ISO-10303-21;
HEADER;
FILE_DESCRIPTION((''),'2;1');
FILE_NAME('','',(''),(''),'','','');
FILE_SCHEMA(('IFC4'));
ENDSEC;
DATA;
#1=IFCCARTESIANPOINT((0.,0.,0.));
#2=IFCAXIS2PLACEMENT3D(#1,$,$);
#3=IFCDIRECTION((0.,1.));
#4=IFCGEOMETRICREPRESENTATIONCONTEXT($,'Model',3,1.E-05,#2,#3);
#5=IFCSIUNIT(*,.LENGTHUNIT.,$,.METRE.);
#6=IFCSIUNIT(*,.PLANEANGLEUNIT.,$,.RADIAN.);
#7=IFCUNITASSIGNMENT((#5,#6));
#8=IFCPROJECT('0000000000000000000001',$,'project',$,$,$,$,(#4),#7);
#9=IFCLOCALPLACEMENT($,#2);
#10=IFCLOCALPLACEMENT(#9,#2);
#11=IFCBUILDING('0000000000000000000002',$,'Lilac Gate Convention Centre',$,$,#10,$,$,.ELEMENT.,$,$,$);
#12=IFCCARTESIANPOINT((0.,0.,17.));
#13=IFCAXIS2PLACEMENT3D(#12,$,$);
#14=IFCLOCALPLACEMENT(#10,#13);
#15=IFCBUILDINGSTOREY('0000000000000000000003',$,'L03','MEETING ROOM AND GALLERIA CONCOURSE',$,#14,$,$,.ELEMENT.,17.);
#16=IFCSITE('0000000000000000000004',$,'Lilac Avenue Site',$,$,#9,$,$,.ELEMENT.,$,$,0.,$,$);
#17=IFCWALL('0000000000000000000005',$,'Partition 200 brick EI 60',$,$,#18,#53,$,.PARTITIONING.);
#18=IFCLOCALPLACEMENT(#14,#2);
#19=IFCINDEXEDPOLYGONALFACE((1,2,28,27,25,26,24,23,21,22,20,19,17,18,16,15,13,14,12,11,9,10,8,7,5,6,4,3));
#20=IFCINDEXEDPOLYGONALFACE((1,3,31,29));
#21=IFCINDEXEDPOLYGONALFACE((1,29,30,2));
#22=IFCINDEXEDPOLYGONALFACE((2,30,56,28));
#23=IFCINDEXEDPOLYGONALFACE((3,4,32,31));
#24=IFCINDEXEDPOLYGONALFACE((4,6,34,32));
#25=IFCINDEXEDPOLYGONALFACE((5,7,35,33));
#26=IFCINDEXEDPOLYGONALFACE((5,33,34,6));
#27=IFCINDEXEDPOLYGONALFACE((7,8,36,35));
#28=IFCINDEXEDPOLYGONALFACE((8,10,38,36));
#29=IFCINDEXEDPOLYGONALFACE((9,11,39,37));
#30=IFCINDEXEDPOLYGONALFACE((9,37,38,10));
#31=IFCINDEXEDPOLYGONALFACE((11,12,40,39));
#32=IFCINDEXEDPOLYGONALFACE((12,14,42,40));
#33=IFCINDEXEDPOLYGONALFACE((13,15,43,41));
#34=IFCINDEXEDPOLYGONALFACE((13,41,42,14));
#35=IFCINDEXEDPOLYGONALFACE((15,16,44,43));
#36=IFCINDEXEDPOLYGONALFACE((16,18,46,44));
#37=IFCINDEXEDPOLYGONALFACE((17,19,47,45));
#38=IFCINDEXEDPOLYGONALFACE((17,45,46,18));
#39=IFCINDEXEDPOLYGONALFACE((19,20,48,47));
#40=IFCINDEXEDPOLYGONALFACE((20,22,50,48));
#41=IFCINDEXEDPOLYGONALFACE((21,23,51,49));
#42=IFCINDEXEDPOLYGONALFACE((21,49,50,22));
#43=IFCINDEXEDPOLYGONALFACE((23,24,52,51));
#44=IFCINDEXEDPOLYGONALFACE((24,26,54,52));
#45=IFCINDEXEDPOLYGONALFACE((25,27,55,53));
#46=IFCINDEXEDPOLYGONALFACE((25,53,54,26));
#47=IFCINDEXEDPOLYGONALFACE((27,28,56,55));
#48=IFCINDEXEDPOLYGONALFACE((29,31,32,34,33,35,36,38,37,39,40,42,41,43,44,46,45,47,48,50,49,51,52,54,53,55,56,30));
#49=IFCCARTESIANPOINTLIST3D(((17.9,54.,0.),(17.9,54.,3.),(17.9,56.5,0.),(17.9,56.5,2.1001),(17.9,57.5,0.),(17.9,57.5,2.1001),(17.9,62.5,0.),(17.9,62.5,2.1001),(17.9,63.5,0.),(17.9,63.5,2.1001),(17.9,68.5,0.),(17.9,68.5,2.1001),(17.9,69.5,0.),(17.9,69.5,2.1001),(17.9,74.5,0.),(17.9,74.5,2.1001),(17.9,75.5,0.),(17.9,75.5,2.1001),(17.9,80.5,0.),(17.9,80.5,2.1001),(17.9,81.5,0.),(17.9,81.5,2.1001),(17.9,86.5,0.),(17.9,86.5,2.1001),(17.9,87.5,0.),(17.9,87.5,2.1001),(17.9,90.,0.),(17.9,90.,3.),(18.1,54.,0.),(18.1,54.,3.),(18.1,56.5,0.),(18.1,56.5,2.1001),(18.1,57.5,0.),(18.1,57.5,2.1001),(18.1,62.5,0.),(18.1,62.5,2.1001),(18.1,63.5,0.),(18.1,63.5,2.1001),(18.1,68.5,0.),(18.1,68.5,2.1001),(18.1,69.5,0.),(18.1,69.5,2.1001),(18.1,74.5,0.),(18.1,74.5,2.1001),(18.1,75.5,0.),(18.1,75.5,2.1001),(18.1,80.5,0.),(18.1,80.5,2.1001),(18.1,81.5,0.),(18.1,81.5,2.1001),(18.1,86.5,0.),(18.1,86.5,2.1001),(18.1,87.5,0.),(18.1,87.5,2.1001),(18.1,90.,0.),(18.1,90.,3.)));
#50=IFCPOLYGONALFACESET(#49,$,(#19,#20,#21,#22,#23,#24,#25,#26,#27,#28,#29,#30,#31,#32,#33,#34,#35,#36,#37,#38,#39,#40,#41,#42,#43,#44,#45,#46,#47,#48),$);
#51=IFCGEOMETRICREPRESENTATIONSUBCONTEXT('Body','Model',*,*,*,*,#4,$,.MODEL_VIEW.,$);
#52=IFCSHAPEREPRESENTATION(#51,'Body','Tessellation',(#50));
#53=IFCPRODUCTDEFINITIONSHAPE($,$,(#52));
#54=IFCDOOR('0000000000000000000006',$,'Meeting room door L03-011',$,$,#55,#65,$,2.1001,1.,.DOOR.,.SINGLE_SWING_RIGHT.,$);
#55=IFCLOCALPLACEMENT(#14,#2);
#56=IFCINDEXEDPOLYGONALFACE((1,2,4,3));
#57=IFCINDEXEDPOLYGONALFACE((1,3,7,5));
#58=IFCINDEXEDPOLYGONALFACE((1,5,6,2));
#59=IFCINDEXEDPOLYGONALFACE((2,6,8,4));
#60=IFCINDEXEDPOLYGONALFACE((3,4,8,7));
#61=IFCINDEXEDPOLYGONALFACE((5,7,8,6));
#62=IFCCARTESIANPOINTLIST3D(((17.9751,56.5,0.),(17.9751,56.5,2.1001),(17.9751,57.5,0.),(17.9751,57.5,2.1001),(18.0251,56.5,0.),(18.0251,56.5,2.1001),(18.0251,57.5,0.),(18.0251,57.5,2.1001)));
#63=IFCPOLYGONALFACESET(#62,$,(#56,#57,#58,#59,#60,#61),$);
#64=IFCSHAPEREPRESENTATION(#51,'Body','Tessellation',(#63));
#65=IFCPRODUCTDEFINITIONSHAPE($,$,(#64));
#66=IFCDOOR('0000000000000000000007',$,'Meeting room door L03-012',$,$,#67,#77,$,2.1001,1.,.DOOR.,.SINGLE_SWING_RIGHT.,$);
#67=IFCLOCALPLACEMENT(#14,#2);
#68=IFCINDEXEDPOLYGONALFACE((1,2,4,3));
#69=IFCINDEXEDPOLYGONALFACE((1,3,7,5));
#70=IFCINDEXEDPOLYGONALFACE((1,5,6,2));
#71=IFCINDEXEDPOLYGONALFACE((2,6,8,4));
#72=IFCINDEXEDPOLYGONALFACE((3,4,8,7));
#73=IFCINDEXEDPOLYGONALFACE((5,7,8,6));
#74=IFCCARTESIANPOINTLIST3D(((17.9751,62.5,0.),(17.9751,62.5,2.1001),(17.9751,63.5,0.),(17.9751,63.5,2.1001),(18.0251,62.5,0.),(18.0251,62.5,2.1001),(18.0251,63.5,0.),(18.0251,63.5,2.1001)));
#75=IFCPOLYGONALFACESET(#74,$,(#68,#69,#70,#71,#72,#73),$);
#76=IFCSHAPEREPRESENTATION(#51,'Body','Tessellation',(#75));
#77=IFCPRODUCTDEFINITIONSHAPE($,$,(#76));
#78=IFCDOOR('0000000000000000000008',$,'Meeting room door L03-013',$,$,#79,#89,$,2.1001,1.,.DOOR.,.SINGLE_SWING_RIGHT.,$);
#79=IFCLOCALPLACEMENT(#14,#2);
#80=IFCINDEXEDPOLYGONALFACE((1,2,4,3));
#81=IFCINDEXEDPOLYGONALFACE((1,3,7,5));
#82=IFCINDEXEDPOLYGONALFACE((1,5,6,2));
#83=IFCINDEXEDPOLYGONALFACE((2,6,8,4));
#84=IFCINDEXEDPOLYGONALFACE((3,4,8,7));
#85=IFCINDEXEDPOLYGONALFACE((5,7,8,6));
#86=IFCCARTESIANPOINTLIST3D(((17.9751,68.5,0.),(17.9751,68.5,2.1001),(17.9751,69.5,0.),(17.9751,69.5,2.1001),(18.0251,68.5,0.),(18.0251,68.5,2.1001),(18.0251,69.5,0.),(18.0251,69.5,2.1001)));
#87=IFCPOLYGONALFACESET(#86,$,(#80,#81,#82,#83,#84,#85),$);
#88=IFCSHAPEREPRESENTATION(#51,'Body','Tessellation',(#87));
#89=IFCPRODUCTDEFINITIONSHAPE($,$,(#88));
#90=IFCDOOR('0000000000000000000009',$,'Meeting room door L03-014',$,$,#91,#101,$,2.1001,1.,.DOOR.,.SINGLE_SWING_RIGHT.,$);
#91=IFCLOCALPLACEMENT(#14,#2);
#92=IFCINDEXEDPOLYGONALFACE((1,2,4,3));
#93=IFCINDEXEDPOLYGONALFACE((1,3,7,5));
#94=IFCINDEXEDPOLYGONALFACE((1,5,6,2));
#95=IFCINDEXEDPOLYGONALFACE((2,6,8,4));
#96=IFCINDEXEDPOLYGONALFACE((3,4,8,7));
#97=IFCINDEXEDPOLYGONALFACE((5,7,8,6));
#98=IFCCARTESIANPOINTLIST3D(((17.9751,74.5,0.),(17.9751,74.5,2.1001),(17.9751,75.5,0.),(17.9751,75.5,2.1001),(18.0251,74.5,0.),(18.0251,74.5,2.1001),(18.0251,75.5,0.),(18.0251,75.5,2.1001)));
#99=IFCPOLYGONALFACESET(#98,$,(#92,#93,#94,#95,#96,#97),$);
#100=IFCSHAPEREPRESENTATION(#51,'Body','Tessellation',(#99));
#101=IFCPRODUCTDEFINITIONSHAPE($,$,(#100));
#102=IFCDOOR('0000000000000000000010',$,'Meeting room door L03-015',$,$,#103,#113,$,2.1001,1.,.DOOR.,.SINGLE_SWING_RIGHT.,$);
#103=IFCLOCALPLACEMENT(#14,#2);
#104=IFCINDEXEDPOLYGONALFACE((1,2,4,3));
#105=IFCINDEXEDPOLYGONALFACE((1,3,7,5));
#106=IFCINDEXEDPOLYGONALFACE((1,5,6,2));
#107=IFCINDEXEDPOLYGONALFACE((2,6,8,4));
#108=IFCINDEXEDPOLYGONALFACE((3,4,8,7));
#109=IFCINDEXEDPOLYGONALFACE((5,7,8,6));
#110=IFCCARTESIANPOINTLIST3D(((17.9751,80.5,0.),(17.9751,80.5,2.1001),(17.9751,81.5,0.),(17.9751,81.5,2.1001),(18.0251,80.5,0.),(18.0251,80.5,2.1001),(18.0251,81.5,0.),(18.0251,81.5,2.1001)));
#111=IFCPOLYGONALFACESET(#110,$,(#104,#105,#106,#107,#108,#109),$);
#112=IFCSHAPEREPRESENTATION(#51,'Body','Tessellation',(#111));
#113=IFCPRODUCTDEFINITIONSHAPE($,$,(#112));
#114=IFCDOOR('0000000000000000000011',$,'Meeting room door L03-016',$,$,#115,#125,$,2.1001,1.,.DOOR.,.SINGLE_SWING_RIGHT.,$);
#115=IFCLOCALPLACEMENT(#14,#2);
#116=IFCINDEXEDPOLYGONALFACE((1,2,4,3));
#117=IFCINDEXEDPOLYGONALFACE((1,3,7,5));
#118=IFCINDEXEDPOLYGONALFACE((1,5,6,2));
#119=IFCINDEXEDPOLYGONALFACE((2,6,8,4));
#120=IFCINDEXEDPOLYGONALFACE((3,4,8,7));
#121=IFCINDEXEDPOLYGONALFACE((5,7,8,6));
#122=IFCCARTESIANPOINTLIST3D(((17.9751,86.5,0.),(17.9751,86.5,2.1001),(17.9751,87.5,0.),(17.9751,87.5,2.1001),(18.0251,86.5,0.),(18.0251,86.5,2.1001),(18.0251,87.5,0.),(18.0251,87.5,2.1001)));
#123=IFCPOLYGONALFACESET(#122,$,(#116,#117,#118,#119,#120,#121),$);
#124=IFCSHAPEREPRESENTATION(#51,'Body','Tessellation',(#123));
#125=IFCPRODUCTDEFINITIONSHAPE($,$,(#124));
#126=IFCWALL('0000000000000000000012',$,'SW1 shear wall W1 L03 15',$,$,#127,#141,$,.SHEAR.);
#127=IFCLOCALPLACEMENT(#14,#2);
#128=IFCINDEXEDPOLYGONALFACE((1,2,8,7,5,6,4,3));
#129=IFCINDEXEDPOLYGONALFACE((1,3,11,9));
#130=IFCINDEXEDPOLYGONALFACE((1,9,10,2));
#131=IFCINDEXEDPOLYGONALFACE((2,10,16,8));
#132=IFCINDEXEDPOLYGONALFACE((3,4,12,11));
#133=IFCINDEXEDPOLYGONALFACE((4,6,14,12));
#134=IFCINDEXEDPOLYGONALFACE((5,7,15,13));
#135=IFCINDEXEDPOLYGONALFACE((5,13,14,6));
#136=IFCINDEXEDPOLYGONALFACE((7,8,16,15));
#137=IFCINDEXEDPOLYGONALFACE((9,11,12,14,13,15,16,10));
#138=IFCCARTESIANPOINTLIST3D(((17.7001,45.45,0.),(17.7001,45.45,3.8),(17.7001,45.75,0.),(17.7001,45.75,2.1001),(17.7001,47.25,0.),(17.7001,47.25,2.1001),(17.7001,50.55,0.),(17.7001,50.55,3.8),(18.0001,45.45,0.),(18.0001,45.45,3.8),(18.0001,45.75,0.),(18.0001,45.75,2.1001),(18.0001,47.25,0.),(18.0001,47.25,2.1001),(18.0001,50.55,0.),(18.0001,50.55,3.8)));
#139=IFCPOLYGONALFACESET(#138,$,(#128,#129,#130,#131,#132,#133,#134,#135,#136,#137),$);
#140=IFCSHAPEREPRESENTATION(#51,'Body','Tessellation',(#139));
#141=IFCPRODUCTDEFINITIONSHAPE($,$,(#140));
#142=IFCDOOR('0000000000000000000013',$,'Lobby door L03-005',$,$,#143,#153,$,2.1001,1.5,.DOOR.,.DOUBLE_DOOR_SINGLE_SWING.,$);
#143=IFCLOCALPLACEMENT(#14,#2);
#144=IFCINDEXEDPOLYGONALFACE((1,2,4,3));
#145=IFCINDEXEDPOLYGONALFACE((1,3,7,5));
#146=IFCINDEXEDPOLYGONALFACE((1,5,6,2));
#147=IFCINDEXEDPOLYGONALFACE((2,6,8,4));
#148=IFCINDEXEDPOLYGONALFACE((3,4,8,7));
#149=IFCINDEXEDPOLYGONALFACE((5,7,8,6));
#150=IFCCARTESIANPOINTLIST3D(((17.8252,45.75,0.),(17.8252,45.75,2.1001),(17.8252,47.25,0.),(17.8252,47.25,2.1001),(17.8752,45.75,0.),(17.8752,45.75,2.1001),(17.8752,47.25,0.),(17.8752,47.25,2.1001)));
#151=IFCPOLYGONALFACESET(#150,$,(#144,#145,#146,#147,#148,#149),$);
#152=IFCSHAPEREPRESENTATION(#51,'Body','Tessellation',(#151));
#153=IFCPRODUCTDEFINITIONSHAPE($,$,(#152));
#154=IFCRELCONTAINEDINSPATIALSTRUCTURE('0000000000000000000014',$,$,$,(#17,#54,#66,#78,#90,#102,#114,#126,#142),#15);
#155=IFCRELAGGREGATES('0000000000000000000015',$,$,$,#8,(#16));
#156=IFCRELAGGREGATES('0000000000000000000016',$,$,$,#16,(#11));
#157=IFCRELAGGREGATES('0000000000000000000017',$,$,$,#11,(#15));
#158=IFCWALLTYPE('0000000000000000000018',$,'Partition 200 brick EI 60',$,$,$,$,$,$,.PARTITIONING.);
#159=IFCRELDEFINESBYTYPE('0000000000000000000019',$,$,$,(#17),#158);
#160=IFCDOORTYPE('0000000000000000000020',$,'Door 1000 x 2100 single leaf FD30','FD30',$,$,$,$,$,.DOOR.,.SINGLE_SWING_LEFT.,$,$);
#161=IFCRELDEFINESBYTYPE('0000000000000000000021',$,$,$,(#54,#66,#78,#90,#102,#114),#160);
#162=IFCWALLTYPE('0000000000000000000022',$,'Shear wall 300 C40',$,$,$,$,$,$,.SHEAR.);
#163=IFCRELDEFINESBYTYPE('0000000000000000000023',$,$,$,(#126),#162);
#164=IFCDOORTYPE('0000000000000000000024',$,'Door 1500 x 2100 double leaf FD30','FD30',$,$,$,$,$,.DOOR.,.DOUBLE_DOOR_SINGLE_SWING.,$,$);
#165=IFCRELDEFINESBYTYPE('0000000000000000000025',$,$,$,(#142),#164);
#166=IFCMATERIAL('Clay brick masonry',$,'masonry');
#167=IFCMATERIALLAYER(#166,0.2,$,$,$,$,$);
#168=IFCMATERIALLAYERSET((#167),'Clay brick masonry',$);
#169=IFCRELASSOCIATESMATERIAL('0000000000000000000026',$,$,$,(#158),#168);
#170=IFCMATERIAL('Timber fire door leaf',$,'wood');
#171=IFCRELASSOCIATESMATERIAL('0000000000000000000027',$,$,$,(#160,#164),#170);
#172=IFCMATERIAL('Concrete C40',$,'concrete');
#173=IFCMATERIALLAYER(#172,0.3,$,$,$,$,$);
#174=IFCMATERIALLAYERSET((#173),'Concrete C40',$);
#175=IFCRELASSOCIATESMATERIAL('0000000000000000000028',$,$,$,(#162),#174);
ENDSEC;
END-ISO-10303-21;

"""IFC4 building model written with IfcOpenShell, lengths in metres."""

from ifc_helpers import new_model, si_unit, direction, frame, frame_2d, origin, place, context, subcontext, project, spatial, rectangle, extrude, material, layer, layer_set, type_object, element, fill, save


model = new_model("IFC4")

# Units and contexts
model_context = context("Model", 3, precision=1e-05, world=origin(), true_north=direction((0.0, 1.0)))
body_context = subcontext(model_context, "Body", "Model", "MODEL_VIEW")
ifc_project = project(units=[si_unit("LENGTHUNIT", "METRE"), si_unit("PLANEANGLEUNIT", "RADIAN")], contexts=[model_context])

# Site, building, storey
site_placement = place(None, origin())
site = spatial("IfcSite", under=ifc_project, at=site_placement, Name="Lilac Avenue Site", CompositionType="ELEMENT", RefElevation=0.0)
building_placement = place(site_placement, origin())
building = spatial("IfcBuilding", under=site, at=building_placement, Name="Lilac Gate Convention Centre", CompositionType="ELEMENT")
storey_placement = place(building_placement, frame((0.0, 0.0, 17.0)))
storey = spatial("IfcBuildingStorey", under=building, at=storey_placement, Name="L03", Description="MEETING ROOM AND GALLERIA CONCOURSE", CompositionType="ELEMENT", Elevation=17.0)

# Shared definitions
ifc_material_1 = material(Name="Concrete C40", Category="concrete")

# Wall, openings, doors
ifc_material_2 = material(Name="Clay brick masonry", Category="masonry")
ifc_layer_1 = layer(ifc_material_2, 0.2)
ifc_layer_set_1 = layer_set([ifc_layer_1], Name="Clay brick masonry")
wall_type_1 = type_object("IfcWallType", Name="Partition 200 brick EI 60", PredefinedType="PARTITIONING", material=ifc_layer_set_1)
wall_1_placement = place(storey_placement, frame((18.0, 54.0, 0.0), z_axis=(0.0, 0.0, 1.0), x_axis=(0.0, 1.0, 0.0)))
wall_1 = element("IfcWall", 1, at=wall_1_placement, inside=storey, type_object=wall_type_1, Name="Partition 200 brick EI 60", PredefinedType="PARTITIONING", context=body_context, shape_type="SweptSolid", body=[
    extrude(rectangle(XDim=36.0, YDim=0.2, at=frame_2d((18.0, 0.0))), origin(), (0.0, 0.0, 1.0), 3.0),
])
opening_1_placement = place(wall_1_placement, frame((2.5, 0.0, 0.0)))
opening_1 = element("IfcOpeningElement", 2, at=opening_1_placement, cuts=wall_1, PredefinedType="OPENING", context=body_context, shape_type="SweptSolid", body=[
    extrude(rectangle(XDim=1.0, YDim=2.1001, at=frame_2d((0.5, 1.05))), frame((0.0, 0.1099, 0.0), z_axis=(0.0, -1.0, 0.0), x_axis=(1.0, 0.0, 0.0)), (0.0, 0.0, 1.0), 0.22),
])
opening_2_placement = place(wall_1_placement, frame((8.5, 0.0, 0.0)))
opening_2 = element("IfcOpeningElement", 3, at=opening_2_placement, cuts=wall_1, PredefinedType="OPENING", context=body_context, shape_type="SweptSolid", body=[
    extrude(rectangle(XDim=1.0, YDim=2.1001, at=frame_2d((0.5, 1.05))), frame((0.0, 0.1099, 0.0), z_axis=(0.0, -1.0, 0.0), x_axis=(1.0, 0.0, 0.0)), (0.0, 0.0, 1.0), 0.22),
])
opening_3_placement = place(wall_1_placement, frame((14.5, 0.0, 0.0)))
opening_3 = element("IfcOpeningElement", 4, at=opening_3_placement, cuts=wall_1, PredefinedType="OPENING", context=body_context, shape_type="SweptSolid", body=[
    extrude(rectangle(XDim=1.0, YDim=2.1001, at=frame_2d((0.5, 1.05))), frame((0.0, 0.1099, 0.0), z_axis=(0.0, -1.0, 0.0), x_axis=(1.0, 0.0, 0.0)), (0.0, 0.0, 1.0), 0.22),
])
opening_4_placement = place(wall_1_placement, frame((20.5, 0.0, 0.0)))
opening_4 = element("IfcOpeningElement", 5, at=opening_4_placement, cuts=wall_1, PredefinedType="OPENING", context=body_context, shape_type="SweptSolid", body=[
    extrude(rectangle(XDim=1.0, YDim=2.1001, at=frame_2d((0.5, 1.05))), frame((0.0, 0.1099, 0.0), z_axis=(0.0, -1.0, 0.0), x_axis=(1.0, 0.0, 0.0)), (0.0, 0.0, 1.0), 0.22),
])
opening_5_placement = place(wall_1_placement, frame((26.5, 0.0, 0.0)))
opening_5 = element("IfcOpeningElement", 6, at=opening_5_placement, cuts=wall_1, PredefinedType="OPENING", context=body_context, shape_type="SweptSolid", body=[
    extrude(rectangle(XDim=1.0, YDim=2.1001, at=frame_2d((0.5, 1.05))), frame((0.0, 0.1099, 0.0), z_axis=(0.0, -1.0, 0.0), x_axis=(1.0, 0.0, 0.0)), (0.0, 0.0, 1.0), 0.22),
])
opening_6_placement = place(wall_1_placement, frame((32.5, 0.0, 0.0)))
opening_6 = element("IfcOpeningElement", 7, at=opening_6_placement, cuts=wall_1, PredefinedType="OPENING", context=body_context, shape_type="SweptSolid", body=[
    extrude(rectangle(XDim=1.0, YDim=2.1001, at=frame_2d((0.5, 1.05))), frame((0.0, 0.1099, 0.0), z_axis=(0.0, -1.0, 0.0), x_axis=(1.0, 0.0, 0.0)), (0.0, 0.0, 1.0), 0.22),
])
ifc_material_3 = material(Name="Timber fire door leaf", Category="wood")
door_type_1 = type_object("IfcDoorType", Name="Door 1000 x 2100 single leaf FD30", Description="FD30", OperationType="SINGLE_SWING_LEFT", PredefinedType="DOOR", material=ifc_material_3)
door_1_placement = place(opening_1_placement, origin())
door_1 = element("IfcDoor", 8, at=door_1_placement, inside=storey, type_object=door_type_1, Name="Meeting room door L03-011", OperationType="SINGLE_SWING_RIGHT", OverallHeight=2.1001, OverallWidth=1.0, PredefinedType="DOOR", context=body_context, shape_type="SweptSolid", body=[
    extrude(rectangle(XDim=1.0, YDim=2.1001, at=frame_2d((0.5, 1.05))), frame((0.0, 0.0249, 0.0), z_axis=(0.0, -1.0, 0.0), x_axis=(1.0, 0.0, 0.0)), (0.0, 0.0, 1.0), 0.05),
])
fill(opening_1, door_1)
door_2_placement = place(opening_2_placement, origin())
door_2 = element("IfcDoor", 9, at=door_2_placement, inside=storey, type_object=door_type_1, Name="Meeting room door L03-012", OperationType="SINGLE_SWING_RIGHT", OverallHeight=2.1001, OverallWidth=1.0, PredefinedType="DOOR", context=body_context, shape_type="SweptSolid", body=[
    extrude(rectangle(XDim=1.0, YDim=2.1001, at=frame_2d((0.5, 1.05))), frame((0.0, 0.0249, 0.0), z_axis=(0.0, -1.0, 0.0), x_axis=(1.0, 0.0, 0.0)), (0.0, 0.0, 1.0), 0.05),
])
fill(opening_2, door_2)
door_3_placement = place(opening_3_placement, origin())
door_3 = element("IfcDoor", 10, at=door_3_placement, inside=storey, type_object=door_type_1, Name="Meeting room door L03-013", OperationType="SINGLE_SWING_RIGHT", OverallHeight=2.1001, OverallWidth=1.0, PredefinedType="DOOR", context=body_context, shape_type="SweptSolid", body=[
    extrude(rectangle(XDim=1.0, YDim=2.1001, at=frame_2d((0.5, 1.05))), frame((0.0, 0.0249, 0.0), z_axis=(0.0, -1.0, 0.0), x_axis=(1.0, 0.0, 0.0)), (0.0, 0.0, 1.0), 0.05),
])
fill(opening_3, door_3)
door_4_placement = place(opening_4_placement, origin())
door_4 = element("IfcDoor", 11, at=door_4_placement, inside=storey, type_object=door_type_1, Name="Meeting room door L03-014", OperationType="SINGLE_SWING_RIGHT", OverallHeight=2.1001, OverallWidth=1.0, PredefinedType="DOOR", context=body_context, shape_type="SweptSolid", body=[
    extrude(rectangle(XDim=1.0, YDim=2.1001, at=frame_2d((0.5, 1.05))), frame((0.0, 0.0249, 0.0), z_axis=(0.0, -1.0, 0.0), x_axis=(1.0, 0.0, 0.0)), (0.0, 0.0, 1.0), 0.05),
])
fill(opening_4, door_4)
door_5_placement = place(opening_5_placement, origin())
door_5 = element("IfcDoor", 12, at=door_5_placement, inside=storey, type_object=door_type_1, Name="Meeting room door L03-015", OperationType="SINGLE_SWING_RIGHT", OverallHeight=2.1001, OverallWidth=1.0, PredefinedType="DOOR", context=body_context, shape_type="SweptSolid", body=[
    extrude(rectangle(XDim=1.0, YDim=2.1001, at=frame_2d((0.5, 1.05))), frame((0.0, 0.0249, 0.0), z_axis=(0.0, -1.0, 0.0), x_axis=(1.0, 0.0, 0.0)), (0.0, 0.0, 1.0), 0.05),
])
fill(opening_5, door_5)
door_6_placement = place(opening_6_placement, origin())
door_6 = element("IfcDoor", 13, at=door_6_placement, inside=storey, type_object=door_type_1, Name="Meeting room door L03-016", OperationType="SINGLE_SWING_RIGHT", OverallHeight=2.1001, OverallWidth=1.0, PredefinedType="DOOR", context=body_context, shape_type="SweptSolid", body=[
    extrude(rectangle(XDim=1.0, YDim=2.1001, at=frame_2d((0.5, 1.05))), frame((0.0, 0.0249, 0.0), z_axis=(0.0, -1.0, 0.0), x_axis=(1.0, 0.0, 0.0)), (0.0, 0.0, 1.0), 0.05),
])
fill(opening_6, door_6)

# Wall, opening, door
ifc_layer_2 = layer(ifc_material_1, 0.3)
ifc_layer_set_2 = layer_set([ifc_layer_2], Name="Concrete C40")
wall_type_2 = type_object("IfcWallType", Name="Shear wall 300 C40", PredefinedType="SHEAR", material=ifc_layer_set_2)
wall_2_placement = place(storey_placement, frame((17.8501, 45.45, 0.0), z_axis=(0.0, 0.0, 1.0), x_axis=(0.0, 1.0, 0.0)))
wall_2 = element("IfcWall", 14, at=wall_2_placement, inside=storey, type_object=wall_type_2, Name="SW1 shear wall W1 L03 15", PredefinedType="SHEAR", context=body_context, shape_type="SweptSolid", body=[
    extrude(rectangle(XDim=5.1001, YDim=0.3, at=frame_2d((2.55, 0.0))), origin(), (0.0, 0.0, 1.0), 3.8),
])
opening_7_placement = place(wall_2_placement, frame((0.3, 0.0, 0.0)))
opening_7 = element("IfcOpeningElement", 15, at=opening_7_placement, cuts=wall_2, PredefinedType="OPENING", context=body_context, shape_type="SweptSolid", body=[
    extrude(rectangle(XDim=1.5, YDim=2.1001, at=frame_2d((0.75, 1.05))), frame((0.0, 0.1599, 0.0), z_axis=(0.0, -1.0, 0.0), x_axis=(1.0, 0.0, 0.0)), (0.0, 0.0, 1.0), 0.3201),
])
door_type_2 = type_object("IfcDoorType", Name="Door 1500 x 2100 double leaf FD30", Description="FD30", OperationType="DOUBLE_DOOR_SINGLE_SWING", PredefinedType="DOOR", material=ifc_material_3)
door_7_placement = place(opening_7_placement, origin())
door_7 = element("IfcDoor", 16, at=door_7_placement, inside=storey, type_object=door_type_2, Name="Lobby door L03-005", OperationType="DOUBLE_DOOR_SINGLE_SWING", OverallHeight=2.1001, OverallWidth=1.5, PredefinedType="DOOR", context=body_context, shape_type="SweptSolid", body=[
    extrude(rectangle(XDim=1.5, YDim=2.1001, at=frame_2d((0.75, 1.05))), frame((0.0, 0.0249, 0.0), z_axis=(0.0, -1.0, 0.0), x_axis=(1.0, 0.0, 0.0)), (0.0, 0.0, 1.0), 0.05),
])
fill(opening_7, door_7)

save(model, "model.ifc")
